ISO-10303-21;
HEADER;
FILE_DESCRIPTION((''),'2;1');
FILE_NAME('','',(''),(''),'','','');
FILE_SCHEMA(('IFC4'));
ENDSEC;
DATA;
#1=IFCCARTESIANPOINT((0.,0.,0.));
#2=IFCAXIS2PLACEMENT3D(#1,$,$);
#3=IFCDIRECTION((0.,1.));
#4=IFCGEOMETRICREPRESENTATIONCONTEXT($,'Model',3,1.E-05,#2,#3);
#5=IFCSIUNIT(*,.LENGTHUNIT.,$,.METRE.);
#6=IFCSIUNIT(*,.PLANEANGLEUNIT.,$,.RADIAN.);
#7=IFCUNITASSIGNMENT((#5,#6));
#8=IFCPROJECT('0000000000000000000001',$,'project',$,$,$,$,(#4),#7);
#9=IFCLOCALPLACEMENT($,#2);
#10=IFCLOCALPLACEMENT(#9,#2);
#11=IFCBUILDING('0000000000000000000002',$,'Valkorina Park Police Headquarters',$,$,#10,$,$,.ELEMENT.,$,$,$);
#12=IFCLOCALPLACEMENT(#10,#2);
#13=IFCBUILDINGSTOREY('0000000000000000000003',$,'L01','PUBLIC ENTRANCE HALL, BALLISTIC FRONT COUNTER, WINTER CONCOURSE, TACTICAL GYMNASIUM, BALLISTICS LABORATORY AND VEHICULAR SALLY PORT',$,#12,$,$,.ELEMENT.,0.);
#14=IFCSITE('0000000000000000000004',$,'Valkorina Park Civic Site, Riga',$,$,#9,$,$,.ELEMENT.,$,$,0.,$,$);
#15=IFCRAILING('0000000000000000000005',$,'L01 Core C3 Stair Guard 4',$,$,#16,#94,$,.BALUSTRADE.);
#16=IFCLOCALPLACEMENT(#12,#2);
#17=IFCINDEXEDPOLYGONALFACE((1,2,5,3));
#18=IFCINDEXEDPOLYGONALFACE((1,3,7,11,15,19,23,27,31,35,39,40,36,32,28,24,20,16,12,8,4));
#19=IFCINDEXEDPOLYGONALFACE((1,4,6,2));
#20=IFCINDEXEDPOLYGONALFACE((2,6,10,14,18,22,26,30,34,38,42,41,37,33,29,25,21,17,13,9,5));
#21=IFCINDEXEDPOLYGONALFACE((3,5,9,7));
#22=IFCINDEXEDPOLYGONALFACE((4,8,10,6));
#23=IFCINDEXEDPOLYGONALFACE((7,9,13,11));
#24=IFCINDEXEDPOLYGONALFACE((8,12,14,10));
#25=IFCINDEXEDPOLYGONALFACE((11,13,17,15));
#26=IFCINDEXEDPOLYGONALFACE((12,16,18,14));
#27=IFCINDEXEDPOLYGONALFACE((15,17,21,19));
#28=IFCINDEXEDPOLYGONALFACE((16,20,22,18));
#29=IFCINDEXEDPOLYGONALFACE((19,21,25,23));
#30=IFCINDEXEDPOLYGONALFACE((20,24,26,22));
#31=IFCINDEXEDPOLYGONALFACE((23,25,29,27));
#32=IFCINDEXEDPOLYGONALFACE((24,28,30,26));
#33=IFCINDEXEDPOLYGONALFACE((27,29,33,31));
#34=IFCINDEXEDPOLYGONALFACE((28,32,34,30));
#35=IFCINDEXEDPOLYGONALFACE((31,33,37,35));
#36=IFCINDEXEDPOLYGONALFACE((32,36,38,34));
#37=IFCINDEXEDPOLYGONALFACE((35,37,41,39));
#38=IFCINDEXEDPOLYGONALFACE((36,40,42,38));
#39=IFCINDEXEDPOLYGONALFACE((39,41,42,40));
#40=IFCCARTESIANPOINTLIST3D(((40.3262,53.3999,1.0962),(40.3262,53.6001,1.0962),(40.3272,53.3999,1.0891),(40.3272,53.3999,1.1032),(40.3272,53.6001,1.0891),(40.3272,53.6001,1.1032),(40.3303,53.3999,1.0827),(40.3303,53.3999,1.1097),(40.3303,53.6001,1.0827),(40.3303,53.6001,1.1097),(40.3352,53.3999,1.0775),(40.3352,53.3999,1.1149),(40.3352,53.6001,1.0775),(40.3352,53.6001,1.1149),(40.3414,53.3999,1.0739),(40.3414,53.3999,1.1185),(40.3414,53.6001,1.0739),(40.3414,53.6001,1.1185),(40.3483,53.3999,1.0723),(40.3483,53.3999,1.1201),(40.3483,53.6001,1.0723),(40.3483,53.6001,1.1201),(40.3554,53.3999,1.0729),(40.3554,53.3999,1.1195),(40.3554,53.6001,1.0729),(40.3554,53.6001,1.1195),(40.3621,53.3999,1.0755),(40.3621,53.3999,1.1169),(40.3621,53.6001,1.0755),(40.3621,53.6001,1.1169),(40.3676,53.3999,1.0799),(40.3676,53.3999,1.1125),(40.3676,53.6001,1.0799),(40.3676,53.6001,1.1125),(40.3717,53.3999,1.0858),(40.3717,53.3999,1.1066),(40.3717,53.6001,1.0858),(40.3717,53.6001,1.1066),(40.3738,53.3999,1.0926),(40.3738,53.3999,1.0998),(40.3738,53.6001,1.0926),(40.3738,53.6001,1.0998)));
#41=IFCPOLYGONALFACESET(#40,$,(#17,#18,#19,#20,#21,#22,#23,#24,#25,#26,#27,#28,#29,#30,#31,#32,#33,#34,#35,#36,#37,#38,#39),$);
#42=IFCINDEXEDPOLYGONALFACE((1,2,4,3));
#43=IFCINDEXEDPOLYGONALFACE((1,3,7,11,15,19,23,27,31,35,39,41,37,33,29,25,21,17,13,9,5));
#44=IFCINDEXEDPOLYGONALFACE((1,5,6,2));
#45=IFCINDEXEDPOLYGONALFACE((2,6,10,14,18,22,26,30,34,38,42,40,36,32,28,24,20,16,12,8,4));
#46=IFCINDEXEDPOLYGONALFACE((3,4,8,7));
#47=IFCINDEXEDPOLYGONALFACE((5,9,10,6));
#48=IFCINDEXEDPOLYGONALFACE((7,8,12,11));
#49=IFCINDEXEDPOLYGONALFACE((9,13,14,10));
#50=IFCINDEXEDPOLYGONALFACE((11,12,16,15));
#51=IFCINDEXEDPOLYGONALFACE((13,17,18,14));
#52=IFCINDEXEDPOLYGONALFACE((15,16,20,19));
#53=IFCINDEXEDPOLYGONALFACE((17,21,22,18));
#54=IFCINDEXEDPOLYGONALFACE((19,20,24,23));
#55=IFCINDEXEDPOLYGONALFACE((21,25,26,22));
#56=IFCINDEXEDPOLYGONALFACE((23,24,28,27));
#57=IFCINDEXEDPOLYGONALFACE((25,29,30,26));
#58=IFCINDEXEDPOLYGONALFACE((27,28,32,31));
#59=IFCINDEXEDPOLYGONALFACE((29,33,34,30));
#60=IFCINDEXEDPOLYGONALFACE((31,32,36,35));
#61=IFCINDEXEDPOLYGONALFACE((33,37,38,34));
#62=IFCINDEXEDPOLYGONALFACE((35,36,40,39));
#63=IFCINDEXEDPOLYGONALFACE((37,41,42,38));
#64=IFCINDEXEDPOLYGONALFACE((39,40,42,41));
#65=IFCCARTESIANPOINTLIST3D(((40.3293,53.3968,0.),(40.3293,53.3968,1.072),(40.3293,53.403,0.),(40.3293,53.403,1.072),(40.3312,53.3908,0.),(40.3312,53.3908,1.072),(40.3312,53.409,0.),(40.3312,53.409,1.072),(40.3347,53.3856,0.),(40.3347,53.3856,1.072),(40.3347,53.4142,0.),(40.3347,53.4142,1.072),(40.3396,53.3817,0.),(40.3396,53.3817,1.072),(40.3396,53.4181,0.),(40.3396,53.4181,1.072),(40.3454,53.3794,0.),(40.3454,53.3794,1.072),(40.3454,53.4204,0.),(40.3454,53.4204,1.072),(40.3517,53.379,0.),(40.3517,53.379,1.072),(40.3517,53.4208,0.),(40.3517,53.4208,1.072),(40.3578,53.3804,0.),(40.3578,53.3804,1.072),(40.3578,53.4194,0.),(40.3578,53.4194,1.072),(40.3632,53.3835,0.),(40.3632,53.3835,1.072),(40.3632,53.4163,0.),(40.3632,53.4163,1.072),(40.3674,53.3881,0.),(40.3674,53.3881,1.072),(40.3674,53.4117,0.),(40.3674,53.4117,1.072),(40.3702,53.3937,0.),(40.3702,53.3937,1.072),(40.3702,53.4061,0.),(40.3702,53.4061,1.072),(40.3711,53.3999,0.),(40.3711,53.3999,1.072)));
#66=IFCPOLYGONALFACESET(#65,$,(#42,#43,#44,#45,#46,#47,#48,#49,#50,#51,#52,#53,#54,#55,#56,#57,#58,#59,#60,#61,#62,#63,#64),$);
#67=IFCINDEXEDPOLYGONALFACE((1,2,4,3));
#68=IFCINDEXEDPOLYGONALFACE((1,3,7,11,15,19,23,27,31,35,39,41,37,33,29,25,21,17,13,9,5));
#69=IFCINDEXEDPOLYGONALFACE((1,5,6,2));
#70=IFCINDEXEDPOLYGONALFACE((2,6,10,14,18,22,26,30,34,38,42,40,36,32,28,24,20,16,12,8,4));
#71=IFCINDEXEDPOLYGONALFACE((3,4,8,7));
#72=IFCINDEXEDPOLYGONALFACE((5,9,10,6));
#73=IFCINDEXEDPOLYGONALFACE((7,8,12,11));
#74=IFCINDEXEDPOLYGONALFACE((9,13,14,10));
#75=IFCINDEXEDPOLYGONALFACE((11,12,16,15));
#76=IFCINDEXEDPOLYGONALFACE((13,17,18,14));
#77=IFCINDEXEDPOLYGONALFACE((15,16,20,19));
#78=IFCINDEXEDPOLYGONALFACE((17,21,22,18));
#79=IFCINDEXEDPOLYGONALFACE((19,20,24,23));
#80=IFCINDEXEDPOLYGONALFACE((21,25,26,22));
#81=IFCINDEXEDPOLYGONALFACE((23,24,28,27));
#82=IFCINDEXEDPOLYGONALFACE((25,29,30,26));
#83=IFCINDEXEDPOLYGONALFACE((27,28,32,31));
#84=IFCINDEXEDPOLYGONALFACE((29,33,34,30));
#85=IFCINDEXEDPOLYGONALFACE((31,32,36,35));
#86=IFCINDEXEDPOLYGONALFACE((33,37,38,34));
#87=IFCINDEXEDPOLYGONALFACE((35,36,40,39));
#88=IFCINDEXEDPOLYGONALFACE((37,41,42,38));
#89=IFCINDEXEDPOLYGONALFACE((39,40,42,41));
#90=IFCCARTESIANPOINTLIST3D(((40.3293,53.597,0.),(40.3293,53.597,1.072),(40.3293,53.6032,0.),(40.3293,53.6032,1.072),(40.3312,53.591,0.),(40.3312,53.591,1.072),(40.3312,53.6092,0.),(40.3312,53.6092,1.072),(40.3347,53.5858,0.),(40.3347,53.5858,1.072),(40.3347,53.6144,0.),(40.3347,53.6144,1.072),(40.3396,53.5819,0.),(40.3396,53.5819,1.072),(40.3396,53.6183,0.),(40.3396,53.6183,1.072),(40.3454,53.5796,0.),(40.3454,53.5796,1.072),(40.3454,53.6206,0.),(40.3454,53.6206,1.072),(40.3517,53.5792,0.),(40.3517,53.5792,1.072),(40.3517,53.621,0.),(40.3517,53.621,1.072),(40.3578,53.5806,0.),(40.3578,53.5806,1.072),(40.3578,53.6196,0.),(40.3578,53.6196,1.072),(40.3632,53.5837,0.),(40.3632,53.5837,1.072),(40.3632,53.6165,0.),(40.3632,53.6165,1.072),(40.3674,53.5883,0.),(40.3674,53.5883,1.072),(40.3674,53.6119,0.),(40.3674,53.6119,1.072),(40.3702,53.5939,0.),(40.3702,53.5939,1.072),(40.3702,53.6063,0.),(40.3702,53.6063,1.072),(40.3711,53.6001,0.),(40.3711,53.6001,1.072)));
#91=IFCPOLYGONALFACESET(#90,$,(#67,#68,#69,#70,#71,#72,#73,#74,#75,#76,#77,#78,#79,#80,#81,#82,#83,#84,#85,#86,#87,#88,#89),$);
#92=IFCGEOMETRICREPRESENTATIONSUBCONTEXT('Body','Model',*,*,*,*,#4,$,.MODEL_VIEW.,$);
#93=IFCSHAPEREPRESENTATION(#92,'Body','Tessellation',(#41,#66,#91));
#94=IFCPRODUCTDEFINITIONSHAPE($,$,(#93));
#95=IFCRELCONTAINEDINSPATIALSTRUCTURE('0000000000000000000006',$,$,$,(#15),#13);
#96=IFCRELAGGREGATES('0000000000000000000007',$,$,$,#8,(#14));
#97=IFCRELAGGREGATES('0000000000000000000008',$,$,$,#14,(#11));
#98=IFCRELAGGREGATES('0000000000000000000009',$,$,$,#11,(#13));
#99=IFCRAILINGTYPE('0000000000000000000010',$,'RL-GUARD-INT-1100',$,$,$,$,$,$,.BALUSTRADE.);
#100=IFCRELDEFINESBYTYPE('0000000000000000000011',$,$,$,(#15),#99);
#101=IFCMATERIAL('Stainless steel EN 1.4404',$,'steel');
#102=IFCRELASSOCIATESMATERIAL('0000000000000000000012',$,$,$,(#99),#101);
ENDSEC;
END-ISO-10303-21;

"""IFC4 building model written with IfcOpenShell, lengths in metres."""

from ifc_helpers import new_model, si_unit, direction, frame, origin, origin_2d, place, context, subcontext, project, spatial, circle, extrude, material, type_object, element, save


model = new_model("IFC4")

# Units and contexts
model_context = context("Model", 3, precision=1e-05, world=origin(), true_north=direction((0.0, 1.0)))
body_context = subcontext(model_context, "Body", "Model", "MODEL_VIEW")
ifc_project = project(units=[si_unit("LENGTHUNIT", "METRE"), si_unit("PLANEANGLEUNIT", "RADIAN")], contexts=[model_context])

# Site, building, storey
site_placement = place(None, origin())
site = spatial("IfcSite", under=ifc_project, at=site_placement, Name="Valkorina Park Civic Site, Riga", CompositionType="ELEMENT", RefElevation=0.0)
building_placement = place(site_placement, origin())
building = spatial("IfcBuilding", under=site, at=building_placement, Name="Valkorina Park Police Headquarters", CompositionType="ELEMENT")
storey_placement = place(building_placement, origin())
storey = spatial("IfcBuildingStorey", under=building, at=storey_placement, Name="L01", Description="PUBLIC ENTRANCE HALL, BALLISTIC FRONT COUNTER, WINTER CONCOURSE, TACTICAL GYMNASIUM, BALLISTICS LABORATORY AND VEHICULAR SALLY PORT", CompositionType="ELEMENT", Elevation=0.0)

# Shared definitions
ifc_material_1 = material(Name="Stainless steel EN 1.4404", Category="steel")

# Railing
railing_type_1 = type_object("IfcRailingType", Name="RL-GUARD-INT-1100", PredefinedType="BALUSTRADE", material=ifc_material_1)
railing_1_placement = place(storey_placement, frame((40.3501, 53.3999, 0.0)))
element("IfcRailing", 1, at=railing_1_placement, inside=storey, type_object=railing_type_1, Name="L01 Core C3 Stair Guard 4", PredefinedType="BALUSTRADE", context=body_context, shape_type="SweptSolid", body=[
    extrude(circle(Radius=0.0239, at=origin_2d()), frame((0.0, 0.0, 1.0962), z_axis=(0.0, 1.0, 0.0), x_axis=(-1.0, 0.0, 0.0)), (0.0, 0.0, 1.0), 0.2002),
    extrude(circle(Radius=0.021, at=origin_2d()), origin(), (0.0, 0.0, 1.0), 1.072),
    extrude(circle(Radius=0.021, at=origin_2d()), frame((0.0, 0.2002, 0.0)), (0.0, 0.0, 1.0), 1.072),
])

save(model, "model.ifc")
